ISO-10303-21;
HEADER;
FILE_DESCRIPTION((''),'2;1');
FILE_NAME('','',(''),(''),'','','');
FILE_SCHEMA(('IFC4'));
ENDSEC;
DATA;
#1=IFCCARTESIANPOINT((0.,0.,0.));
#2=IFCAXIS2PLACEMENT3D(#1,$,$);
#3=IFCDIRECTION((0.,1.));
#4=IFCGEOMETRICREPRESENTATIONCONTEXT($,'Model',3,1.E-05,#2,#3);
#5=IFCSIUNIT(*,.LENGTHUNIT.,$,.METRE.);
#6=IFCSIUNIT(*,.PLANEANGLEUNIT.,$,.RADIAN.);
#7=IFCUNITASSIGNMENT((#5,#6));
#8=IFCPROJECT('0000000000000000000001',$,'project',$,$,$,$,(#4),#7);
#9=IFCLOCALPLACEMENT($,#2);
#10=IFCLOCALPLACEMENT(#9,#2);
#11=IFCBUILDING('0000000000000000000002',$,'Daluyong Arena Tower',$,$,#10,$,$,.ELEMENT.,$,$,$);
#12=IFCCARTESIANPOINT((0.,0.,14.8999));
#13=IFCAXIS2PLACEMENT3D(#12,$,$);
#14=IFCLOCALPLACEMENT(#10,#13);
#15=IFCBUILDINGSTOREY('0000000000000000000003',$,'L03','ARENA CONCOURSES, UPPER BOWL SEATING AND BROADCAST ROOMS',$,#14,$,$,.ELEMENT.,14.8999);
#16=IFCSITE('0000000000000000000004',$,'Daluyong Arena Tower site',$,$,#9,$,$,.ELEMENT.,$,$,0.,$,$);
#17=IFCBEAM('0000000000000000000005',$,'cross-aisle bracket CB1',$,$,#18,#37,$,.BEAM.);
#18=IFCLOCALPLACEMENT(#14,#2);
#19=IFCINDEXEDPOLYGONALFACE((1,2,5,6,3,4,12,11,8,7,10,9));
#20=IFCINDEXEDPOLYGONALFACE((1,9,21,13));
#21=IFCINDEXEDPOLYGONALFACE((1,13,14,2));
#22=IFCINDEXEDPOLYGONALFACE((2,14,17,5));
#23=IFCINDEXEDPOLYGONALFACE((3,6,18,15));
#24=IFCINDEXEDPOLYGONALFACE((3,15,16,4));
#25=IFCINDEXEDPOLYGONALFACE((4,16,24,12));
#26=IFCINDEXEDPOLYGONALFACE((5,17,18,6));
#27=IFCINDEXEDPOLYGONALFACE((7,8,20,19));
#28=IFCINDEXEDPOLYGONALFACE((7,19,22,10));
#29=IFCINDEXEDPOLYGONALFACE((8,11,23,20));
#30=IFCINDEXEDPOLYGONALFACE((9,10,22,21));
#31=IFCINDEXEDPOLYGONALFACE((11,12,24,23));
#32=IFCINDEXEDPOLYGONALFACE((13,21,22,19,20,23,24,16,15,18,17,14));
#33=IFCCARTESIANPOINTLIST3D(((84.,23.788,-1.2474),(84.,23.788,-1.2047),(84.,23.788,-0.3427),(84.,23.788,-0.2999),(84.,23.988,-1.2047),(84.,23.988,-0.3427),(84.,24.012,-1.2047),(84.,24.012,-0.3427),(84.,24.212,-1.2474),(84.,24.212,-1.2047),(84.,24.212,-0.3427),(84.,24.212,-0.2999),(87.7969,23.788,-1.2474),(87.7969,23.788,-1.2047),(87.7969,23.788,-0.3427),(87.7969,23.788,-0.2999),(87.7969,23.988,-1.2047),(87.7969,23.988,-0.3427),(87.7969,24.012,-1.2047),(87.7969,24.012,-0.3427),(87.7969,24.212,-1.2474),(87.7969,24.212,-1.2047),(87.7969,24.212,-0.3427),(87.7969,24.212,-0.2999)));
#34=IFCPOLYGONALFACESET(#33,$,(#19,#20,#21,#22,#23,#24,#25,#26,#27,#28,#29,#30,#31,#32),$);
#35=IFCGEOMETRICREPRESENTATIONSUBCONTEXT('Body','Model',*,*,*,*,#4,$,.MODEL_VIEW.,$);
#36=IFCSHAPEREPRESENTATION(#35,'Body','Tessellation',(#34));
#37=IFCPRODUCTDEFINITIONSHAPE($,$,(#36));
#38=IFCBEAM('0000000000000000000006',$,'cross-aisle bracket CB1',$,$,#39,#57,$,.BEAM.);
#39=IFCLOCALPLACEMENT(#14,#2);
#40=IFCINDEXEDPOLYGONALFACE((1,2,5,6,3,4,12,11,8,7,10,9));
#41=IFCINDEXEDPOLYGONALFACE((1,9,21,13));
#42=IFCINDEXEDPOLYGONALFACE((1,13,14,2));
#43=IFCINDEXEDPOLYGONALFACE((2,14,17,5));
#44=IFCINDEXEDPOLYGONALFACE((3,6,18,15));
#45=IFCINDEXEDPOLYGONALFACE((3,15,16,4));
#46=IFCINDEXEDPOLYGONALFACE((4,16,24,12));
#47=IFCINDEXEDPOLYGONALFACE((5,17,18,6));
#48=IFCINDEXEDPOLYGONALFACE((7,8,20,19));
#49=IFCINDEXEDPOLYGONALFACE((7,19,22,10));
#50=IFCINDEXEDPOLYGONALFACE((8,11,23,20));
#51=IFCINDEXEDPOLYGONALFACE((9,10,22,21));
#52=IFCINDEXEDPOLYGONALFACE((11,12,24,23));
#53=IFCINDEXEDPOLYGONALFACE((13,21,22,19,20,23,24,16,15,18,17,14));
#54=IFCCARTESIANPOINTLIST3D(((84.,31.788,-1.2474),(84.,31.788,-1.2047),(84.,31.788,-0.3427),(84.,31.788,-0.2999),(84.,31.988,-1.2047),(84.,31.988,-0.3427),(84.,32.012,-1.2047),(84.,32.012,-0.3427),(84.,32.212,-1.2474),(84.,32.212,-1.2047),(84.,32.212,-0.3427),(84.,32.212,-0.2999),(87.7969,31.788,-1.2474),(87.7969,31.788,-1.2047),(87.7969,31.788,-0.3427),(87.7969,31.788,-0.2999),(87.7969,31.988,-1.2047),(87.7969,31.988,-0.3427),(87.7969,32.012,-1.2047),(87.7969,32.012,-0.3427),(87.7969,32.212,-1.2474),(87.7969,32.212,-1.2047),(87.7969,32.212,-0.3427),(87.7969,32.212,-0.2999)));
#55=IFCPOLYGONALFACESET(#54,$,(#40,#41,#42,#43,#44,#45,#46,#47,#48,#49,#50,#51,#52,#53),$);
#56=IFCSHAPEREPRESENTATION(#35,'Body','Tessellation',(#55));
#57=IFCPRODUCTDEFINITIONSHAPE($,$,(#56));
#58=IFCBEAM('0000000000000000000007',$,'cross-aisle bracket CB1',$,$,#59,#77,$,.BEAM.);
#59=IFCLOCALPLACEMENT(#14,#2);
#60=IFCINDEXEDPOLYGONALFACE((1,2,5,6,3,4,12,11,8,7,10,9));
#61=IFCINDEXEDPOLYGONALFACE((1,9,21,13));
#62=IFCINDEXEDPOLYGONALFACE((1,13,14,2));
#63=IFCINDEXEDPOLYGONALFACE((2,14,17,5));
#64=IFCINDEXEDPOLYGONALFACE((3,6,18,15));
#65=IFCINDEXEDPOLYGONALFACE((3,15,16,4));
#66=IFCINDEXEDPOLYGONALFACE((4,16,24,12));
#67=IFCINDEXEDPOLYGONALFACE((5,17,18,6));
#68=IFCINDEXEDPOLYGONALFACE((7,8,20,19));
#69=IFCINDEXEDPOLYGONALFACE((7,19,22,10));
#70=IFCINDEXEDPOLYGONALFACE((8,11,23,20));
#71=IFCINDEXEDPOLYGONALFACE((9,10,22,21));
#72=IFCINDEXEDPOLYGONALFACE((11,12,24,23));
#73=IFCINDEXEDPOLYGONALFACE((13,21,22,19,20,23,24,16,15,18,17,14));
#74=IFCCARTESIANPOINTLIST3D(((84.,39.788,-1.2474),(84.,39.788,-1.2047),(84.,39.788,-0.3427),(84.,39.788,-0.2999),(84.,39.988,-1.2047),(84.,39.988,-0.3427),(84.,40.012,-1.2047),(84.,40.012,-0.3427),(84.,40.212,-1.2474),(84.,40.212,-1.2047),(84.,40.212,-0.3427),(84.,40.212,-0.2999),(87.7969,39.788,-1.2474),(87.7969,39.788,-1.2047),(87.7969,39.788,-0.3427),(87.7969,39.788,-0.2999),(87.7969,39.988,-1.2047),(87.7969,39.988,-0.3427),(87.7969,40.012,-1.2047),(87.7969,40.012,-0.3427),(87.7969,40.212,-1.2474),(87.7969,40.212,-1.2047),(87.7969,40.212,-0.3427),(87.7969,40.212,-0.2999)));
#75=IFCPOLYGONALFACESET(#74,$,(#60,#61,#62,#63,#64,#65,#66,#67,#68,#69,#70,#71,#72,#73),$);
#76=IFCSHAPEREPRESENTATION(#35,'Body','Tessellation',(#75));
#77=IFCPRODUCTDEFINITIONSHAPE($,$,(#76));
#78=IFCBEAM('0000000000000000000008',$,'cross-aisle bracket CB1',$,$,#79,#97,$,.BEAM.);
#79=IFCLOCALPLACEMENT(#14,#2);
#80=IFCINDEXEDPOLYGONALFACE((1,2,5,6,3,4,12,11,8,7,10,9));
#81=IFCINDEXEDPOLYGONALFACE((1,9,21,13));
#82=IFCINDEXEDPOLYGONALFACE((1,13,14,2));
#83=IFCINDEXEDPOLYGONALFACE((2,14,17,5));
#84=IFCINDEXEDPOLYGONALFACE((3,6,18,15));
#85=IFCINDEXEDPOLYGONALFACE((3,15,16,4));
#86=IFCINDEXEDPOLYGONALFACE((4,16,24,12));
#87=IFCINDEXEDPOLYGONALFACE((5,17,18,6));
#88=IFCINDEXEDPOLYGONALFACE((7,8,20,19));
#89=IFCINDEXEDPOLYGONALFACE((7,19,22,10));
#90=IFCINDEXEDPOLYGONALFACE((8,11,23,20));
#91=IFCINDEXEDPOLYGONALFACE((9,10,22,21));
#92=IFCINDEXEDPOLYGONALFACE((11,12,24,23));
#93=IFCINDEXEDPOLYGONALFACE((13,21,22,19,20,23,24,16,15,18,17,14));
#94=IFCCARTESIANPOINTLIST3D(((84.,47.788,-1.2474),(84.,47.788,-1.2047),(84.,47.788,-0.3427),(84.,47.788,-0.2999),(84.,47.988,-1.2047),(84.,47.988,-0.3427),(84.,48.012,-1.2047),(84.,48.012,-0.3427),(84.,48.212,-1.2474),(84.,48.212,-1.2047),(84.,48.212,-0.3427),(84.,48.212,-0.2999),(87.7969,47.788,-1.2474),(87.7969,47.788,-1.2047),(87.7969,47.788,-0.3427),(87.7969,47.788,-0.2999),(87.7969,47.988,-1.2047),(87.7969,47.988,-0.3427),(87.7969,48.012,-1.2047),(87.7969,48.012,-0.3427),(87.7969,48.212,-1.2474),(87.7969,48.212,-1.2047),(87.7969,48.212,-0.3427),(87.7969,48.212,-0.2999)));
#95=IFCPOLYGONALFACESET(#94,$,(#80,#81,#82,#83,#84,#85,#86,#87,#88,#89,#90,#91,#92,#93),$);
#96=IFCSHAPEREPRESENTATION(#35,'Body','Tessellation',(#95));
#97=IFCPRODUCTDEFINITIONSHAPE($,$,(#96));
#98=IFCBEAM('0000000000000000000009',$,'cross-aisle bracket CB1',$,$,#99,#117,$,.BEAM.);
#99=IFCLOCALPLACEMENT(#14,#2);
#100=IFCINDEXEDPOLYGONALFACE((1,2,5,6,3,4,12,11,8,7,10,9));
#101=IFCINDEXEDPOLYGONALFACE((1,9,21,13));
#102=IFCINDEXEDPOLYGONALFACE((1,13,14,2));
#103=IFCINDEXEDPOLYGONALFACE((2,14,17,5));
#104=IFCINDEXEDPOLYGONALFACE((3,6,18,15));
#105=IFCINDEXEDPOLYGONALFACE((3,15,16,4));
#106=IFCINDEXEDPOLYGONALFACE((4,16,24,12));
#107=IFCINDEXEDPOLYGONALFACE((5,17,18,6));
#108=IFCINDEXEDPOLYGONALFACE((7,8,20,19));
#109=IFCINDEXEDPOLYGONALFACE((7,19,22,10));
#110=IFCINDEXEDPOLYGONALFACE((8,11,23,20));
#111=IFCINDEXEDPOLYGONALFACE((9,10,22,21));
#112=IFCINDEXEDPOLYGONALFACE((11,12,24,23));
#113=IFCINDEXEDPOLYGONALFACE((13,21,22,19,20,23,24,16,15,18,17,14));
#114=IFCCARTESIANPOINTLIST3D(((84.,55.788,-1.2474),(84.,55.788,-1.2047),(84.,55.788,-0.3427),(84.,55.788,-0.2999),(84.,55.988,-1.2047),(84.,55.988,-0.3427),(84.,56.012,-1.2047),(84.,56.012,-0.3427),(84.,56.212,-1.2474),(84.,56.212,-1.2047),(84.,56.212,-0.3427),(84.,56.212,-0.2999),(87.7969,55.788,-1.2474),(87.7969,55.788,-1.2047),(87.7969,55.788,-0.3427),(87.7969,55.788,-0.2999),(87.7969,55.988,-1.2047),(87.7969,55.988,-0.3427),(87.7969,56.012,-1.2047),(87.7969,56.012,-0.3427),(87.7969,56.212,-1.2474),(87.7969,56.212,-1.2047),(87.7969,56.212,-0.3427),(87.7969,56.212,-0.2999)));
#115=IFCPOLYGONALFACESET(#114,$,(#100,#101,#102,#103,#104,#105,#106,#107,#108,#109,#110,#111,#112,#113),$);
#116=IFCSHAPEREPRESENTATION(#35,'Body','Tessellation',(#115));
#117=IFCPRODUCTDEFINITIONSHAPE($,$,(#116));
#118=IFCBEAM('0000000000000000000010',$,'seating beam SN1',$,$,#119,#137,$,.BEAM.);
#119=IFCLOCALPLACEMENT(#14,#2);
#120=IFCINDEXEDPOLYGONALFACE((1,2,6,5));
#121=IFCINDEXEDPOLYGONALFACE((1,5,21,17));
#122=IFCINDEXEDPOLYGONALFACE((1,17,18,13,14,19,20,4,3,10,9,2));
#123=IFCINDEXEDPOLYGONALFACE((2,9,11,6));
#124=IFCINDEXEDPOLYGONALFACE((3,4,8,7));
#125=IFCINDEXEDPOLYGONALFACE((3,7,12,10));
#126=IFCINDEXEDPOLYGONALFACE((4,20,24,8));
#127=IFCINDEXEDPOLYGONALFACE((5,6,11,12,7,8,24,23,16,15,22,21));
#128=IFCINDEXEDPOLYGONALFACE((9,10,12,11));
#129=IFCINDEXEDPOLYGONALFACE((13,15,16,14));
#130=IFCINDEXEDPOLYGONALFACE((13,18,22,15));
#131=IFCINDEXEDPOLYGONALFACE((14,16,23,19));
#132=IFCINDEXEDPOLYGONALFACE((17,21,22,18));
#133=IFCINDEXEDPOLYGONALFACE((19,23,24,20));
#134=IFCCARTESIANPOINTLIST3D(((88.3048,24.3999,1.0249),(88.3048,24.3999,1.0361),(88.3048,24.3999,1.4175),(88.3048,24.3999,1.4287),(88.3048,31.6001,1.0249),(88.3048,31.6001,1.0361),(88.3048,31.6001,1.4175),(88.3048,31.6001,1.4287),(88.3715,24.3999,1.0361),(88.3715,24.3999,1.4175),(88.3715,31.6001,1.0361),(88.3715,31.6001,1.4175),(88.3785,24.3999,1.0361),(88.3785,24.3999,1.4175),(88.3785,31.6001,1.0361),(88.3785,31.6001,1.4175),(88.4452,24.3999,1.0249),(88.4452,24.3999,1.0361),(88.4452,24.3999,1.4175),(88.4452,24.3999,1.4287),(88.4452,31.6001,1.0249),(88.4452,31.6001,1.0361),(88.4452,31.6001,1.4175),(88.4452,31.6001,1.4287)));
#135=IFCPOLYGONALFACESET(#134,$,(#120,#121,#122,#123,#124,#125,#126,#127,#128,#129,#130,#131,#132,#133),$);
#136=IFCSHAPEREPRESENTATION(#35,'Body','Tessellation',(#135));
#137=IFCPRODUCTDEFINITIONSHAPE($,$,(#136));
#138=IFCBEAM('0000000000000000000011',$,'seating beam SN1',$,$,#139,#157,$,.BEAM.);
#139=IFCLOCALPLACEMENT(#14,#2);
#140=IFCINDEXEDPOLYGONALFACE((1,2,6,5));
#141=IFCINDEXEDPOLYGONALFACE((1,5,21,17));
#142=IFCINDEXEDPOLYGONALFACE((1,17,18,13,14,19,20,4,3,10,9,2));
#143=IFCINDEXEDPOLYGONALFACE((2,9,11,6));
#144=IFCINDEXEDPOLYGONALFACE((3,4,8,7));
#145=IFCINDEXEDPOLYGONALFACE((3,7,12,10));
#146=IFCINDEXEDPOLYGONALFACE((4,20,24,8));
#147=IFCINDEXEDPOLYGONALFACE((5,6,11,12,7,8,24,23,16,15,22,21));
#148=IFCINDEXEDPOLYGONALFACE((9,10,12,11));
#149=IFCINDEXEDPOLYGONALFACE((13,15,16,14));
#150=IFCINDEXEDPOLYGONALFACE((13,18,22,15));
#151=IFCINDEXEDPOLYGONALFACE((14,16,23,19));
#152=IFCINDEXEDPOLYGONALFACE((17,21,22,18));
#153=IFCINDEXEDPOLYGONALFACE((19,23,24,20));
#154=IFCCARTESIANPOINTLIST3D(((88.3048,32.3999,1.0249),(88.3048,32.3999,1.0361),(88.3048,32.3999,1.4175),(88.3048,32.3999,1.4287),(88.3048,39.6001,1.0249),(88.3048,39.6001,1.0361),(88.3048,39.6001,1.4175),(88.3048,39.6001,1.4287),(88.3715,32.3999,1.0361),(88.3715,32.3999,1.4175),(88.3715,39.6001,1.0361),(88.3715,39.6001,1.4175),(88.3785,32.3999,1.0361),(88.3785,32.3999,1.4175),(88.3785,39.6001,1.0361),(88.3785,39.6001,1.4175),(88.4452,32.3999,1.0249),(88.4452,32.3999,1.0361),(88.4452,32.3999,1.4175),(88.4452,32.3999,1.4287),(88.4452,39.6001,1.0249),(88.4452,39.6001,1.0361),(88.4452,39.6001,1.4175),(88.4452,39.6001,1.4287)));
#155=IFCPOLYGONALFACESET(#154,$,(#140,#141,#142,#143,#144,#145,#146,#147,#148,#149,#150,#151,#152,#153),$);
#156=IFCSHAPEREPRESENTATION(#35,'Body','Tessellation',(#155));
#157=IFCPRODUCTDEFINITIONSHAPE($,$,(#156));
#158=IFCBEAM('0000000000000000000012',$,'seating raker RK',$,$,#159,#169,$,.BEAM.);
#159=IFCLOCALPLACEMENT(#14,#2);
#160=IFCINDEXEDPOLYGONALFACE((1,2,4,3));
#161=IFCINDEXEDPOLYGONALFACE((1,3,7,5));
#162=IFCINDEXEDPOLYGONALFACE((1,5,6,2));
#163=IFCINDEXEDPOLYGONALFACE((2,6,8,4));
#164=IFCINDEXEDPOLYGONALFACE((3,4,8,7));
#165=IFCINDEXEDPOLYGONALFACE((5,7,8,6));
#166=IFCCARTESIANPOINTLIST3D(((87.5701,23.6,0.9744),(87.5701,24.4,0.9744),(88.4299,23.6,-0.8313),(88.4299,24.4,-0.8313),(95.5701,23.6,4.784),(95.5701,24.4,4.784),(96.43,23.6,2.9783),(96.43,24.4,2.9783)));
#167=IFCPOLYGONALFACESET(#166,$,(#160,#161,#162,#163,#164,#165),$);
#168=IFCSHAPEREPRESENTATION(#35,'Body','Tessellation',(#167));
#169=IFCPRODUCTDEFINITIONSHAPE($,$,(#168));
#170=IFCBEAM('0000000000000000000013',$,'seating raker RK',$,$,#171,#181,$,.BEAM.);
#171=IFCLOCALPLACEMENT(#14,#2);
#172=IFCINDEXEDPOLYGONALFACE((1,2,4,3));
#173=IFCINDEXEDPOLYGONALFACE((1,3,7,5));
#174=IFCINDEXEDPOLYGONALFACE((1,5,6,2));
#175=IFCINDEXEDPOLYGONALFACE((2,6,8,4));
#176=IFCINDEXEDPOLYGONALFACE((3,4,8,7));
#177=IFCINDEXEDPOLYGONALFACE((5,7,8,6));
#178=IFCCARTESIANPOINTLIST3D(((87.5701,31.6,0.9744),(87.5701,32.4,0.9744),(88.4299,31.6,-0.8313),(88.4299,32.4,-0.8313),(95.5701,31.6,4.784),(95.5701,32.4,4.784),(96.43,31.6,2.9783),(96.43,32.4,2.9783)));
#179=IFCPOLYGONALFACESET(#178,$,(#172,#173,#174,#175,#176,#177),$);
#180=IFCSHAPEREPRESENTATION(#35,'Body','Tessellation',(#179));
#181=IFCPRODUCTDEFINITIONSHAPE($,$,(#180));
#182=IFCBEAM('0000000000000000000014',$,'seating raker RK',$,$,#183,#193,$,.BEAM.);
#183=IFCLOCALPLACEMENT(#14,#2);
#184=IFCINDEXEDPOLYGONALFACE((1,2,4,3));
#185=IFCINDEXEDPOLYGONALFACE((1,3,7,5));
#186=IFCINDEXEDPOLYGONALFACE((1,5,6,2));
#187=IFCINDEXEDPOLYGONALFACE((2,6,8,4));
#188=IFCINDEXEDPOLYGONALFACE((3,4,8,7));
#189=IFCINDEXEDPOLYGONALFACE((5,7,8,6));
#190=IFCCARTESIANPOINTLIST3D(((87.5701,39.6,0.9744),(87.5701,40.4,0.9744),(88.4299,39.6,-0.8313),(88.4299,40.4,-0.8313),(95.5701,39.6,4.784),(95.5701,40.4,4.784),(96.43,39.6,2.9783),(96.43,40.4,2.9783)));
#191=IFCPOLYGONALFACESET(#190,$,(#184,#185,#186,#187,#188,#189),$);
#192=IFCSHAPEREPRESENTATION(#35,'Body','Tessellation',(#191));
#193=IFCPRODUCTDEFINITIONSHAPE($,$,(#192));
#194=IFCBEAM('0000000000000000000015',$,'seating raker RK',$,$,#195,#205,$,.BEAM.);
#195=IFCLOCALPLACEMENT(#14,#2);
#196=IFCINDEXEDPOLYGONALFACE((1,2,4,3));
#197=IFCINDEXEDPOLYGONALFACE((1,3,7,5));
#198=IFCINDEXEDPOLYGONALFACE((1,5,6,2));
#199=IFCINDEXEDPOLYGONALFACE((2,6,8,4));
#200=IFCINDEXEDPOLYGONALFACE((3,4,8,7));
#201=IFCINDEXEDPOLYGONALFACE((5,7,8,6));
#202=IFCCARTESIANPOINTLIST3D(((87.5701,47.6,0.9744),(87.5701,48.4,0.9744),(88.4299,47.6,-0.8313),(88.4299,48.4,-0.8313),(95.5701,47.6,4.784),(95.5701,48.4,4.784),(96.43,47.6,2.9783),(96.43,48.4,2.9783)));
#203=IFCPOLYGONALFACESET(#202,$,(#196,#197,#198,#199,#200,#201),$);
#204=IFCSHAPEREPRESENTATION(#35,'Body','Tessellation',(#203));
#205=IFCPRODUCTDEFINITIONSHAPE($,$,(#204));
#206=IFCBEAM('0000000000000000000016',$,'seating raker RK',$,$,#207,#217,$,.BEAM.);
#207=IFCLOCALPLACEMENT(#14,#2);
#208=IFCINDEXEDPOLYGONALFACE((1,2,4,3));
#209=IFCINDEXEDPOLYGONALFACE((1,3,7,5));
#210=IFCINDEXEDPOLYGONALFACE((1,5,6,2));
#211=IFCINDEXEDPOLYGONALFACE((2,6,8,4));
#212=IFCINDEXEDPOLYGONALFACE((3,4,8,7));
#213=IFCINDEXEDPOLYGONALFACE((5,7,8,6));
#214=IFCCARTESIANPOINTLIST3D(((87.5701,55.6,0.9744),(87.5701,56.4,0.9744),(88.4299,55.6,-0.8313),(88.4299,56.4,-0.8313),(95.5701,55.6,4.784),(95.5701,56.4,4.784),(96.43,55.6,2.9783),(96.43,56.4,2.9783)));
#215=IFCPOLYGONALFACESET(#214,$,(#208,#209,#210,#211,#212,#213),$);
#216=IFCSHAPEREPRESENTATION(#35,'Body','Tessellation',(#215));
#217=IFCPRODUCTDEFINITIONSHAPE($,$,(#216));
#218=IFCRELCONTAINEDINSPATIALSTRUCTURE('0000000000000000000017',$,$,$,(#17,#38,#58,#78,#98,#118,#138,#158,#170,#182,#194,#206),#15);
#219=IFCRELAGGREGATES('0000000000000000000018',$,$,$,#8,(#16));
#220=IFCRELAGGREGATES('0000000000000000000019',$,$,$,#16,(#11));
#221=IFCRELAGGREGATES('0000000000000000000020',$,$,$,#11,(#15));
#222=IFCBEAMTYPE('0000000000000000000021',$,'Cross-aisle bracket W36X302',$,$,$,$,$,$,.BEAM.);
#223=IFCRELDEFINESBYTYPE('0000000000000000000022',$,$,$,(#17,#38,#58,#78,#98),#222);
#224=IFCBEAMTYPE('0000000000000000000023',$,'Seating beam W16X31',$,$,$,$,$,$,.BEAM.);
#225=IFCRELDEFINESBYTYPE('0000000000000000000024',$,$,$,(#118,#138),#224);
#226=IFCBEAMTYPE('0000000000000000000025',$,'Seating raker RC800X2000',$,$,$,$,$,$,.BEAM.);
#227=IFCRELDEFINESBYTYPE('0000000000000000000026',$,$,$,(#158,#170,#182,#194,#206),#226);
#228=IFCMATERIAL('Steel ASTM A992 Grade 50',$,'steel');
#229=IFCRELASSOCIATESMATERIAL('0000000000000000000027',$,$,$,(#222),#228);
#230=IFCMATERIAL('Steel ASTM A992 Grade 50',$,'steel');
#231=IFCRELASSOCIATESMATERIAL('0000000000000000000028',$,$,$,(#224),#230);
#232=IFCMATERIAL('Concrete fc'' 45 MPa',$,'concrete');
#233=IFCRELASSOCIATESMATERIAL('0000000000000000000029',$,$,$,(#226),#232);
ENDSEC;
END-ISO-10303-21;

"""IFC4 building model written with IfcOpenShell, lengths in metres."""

from ifc_helpers import new_model, si_unit, direction, frame, origin, origin_2d, place, context, subcontext, project, spatial, rectangle, i_section, extrude, material, material_profile, profile_set, type_object, element, save


model = new_model("IFC4")

# Units and contexts
model_context = context("Model", 3, precision=1e-05, world=origin(), true_north=direction((0.0, 1.0)))
body_context = subcontext(model_context, "Body", "Model", "MODEL_VIEW")
ifc_project = project(units=[si_unit("LENGTHUNIT", "METRE"), si_unit("PLANEANGLEUNIT", "RADIAN")], contexts=[model_context])

# Site, building, storey
site_placement = place(None, origin())
site = spatial("IfcSite", under=ifc_project, at=site_placement, Name="Daluyong Arena Tower site", CompositionType="ELEMENT", RefElevation=0.0)
building_placement = place(site_placement, origin())
building = spatial("IfcBuilding", under=site, at=building_placement, Name="Daluyong Arena Tower", CompositionType="ELEMENT")
storey_placement = place(building_placement, frame((0.0, 0.0, 14.8999)))
storey = spatial("IfcBuildingStorey", under=building, at=storey_placement, Name="L03", Description="ARENA CONCOURSES, UPPER BOWL SEATING AND BROADCAST ROOMS", CompositionType="ELEMENT", Elevation=14.8999)

# Beams
ifc_material_1 = material(Name="Steel ASTM A992 Grade 50", Category="steel")
ifc_material_profile_1 = material_profile(ifc_material_1, i_section(OverallWidth=0.4241, OverallDepth=0.9475, WebThickness=0.0239, FlangeThickness=0.0427, at=origin_2d()))
ifc_profile_set_1 = profile_set([ifc_material_profile_1], Name="Steel ASTM A992 Grade 50")
beam_type_1 = type_object("IfcBeamType", Name="Cross-aisle bracket W36X302", PredefinedType="BEAM", material=ifc_profile_set_1)
for number, where, z_axis, x_axis, name in (
    (1, (87.7969, 24.0, -0.7737), (-1.0, 0.0, 0.0), (0.0, -1.0, 0.0), "cross-aisle bracket CB1"),
    (2, (87.7969, 32.0, -0.7737), (-1.0, 0.0, 0.0), (0.0, -1.0, 0.0), "cross-aisle bracket CB1"),
    (3, (87.7969, 40.0, -0.7737), (-1.0, 0.0, 0.0), (0.0, -1.0, 0.0), "cross-aisle bracket CB1"),
    (4, (87.7969, 48.0, -0.7737), (-1.0, 0.0, 0.0), (0.0, -1.0, 0.0), "cross-aisle bracket CB1"),
    (5, (87.7969, 56.0, -0.7737), (-1.0, 0.0, 0.0), (0.0, -1.0, 0.0), "cross-aisle bracket CB1"),
):
    element("IfcBeam", number, at=place(storey_placement, frame(where, z_axis=z_axis, x_axis=x_axis)), inside=storey, type_object=beam_type_1, Name=name, PredefinedType="BEAM", context=body_context, shape_type="SweptSolid", body=[
        extrude(i_section(OverallWidth=0.4241, OverallDepth=0.9475, WebThickness=0.0239, FlangeThickness=0.0427, at=origin_2d()), origin(), (0.0, 0.0, 1.0), 3.7969),
    ])
ifc_material_2 = material(Name="Steel ASTM A992 Grade 50", Category="steel")
ifc_material_profile_2 = material_profile(ifc_material_2, i_section(OverallWidth=0.1404, OverallDepth=0.4038, WebThickness=0.0071, FlangeThickness=0.0112, at=origin_2d()))
ifc_profile_set_2 = profile_set([ifc_material_profile_2], Name="Steel ASTM A992 Grade 50")
beam_type_2 = type_object("IfcBeamType", Name="Seating beam W16X31", PredefinedType="BEAM", material=ifc_profile_set_2)
for number, where, z_axis, x_axis, name in (
    (6, (88.375, 24.3999, 1.2268), (0.0, 1.0, 0.0), (-1.0, 0.0, 0.0), "seating beam SN1"),
    (7, (88.375, 32.3999, 1.2268), (0.0, 1.0, 0.0), (-1.0, 0.0, 0.0), "seating beam SN1"),
):
    element("IfcBeam", number, at=place(storey_placement, frame(where, z_axis=z_axis, x_axis=x_axis)), inside=storey, type_object=beam_type_2, Name=name, PredefinedType="BEAM", context=body_context, shape_type="SweptSolid", body=[
        extrude(i_section(OverallWidth=0.1404, OverallDepth=0.4038, WebThickness=0.0071, FlangeThickness=0.0112, at=origin_2d()), origin(), (0.0, 0.0, 1.0), 7.2002),
    ])
ifc_material_3 = material(Name="Concrete fc' 45 MPa", Category="concrete")
ifc_material_profile_3 = material_profile(ifc_material_3, rectangle(XDim=0.8, YDim=2.0, at=origin_2d()))
ifc_profile_set_3 = profile_set([ifc_material_profile_3], Name="Concrete fc' 45 MPa")
beam_type_3 = type_object("IfcBeamType", Name="Seating raker RC800X2000", PredefinedType="BEAM", material=ifc_profile_set_3)
for number, where, z_axis, x_axis, name in (
    (8, (88.0, 24.0, 0.0715), (0.902858, 0.0, 0.429938), (0.0, 1.0, 0.0), "seating raker RK"),
    (9, (88.0, 32.0, 0.0715), (0.902858, 0.0, 0.429938), (0.0, 1.0, 0.0), "seating raker RK"),
    (10, (88.0, 40.0, 0.0715), (0.902858, 0.0, 0.429938), (0.0, 1.0, 0.0), "seating raker RK"),
    (11, (88.0, 48.0, 0.0715), (0.902858, 0.0, 0.429938), (0.0, 1.0, 0.0), "seating raker RK"),
    (12, (88.0, 56.0, 0.0715), (0.902858, 0.0, 0.429938), (0.0, 1.0, 0.0), "seating raker RK"),
):
    element("IfcBeam", number, at=place(storey_placement, frame(where, z_axis=z_axis, x_axis=x_axis)), inside=storey, type_object=beam_type_3, Name=name, PredefinedType="BEAM", context=body_context, shape_type="SweptSolid", body=[
        extrude(rectangle(XDim=0.8, YDim=2.0, at=origin_2d()), origin(), (0.0, 0.0, 1.0), 8.8608),
    ])

save(model, "model.ifc")
